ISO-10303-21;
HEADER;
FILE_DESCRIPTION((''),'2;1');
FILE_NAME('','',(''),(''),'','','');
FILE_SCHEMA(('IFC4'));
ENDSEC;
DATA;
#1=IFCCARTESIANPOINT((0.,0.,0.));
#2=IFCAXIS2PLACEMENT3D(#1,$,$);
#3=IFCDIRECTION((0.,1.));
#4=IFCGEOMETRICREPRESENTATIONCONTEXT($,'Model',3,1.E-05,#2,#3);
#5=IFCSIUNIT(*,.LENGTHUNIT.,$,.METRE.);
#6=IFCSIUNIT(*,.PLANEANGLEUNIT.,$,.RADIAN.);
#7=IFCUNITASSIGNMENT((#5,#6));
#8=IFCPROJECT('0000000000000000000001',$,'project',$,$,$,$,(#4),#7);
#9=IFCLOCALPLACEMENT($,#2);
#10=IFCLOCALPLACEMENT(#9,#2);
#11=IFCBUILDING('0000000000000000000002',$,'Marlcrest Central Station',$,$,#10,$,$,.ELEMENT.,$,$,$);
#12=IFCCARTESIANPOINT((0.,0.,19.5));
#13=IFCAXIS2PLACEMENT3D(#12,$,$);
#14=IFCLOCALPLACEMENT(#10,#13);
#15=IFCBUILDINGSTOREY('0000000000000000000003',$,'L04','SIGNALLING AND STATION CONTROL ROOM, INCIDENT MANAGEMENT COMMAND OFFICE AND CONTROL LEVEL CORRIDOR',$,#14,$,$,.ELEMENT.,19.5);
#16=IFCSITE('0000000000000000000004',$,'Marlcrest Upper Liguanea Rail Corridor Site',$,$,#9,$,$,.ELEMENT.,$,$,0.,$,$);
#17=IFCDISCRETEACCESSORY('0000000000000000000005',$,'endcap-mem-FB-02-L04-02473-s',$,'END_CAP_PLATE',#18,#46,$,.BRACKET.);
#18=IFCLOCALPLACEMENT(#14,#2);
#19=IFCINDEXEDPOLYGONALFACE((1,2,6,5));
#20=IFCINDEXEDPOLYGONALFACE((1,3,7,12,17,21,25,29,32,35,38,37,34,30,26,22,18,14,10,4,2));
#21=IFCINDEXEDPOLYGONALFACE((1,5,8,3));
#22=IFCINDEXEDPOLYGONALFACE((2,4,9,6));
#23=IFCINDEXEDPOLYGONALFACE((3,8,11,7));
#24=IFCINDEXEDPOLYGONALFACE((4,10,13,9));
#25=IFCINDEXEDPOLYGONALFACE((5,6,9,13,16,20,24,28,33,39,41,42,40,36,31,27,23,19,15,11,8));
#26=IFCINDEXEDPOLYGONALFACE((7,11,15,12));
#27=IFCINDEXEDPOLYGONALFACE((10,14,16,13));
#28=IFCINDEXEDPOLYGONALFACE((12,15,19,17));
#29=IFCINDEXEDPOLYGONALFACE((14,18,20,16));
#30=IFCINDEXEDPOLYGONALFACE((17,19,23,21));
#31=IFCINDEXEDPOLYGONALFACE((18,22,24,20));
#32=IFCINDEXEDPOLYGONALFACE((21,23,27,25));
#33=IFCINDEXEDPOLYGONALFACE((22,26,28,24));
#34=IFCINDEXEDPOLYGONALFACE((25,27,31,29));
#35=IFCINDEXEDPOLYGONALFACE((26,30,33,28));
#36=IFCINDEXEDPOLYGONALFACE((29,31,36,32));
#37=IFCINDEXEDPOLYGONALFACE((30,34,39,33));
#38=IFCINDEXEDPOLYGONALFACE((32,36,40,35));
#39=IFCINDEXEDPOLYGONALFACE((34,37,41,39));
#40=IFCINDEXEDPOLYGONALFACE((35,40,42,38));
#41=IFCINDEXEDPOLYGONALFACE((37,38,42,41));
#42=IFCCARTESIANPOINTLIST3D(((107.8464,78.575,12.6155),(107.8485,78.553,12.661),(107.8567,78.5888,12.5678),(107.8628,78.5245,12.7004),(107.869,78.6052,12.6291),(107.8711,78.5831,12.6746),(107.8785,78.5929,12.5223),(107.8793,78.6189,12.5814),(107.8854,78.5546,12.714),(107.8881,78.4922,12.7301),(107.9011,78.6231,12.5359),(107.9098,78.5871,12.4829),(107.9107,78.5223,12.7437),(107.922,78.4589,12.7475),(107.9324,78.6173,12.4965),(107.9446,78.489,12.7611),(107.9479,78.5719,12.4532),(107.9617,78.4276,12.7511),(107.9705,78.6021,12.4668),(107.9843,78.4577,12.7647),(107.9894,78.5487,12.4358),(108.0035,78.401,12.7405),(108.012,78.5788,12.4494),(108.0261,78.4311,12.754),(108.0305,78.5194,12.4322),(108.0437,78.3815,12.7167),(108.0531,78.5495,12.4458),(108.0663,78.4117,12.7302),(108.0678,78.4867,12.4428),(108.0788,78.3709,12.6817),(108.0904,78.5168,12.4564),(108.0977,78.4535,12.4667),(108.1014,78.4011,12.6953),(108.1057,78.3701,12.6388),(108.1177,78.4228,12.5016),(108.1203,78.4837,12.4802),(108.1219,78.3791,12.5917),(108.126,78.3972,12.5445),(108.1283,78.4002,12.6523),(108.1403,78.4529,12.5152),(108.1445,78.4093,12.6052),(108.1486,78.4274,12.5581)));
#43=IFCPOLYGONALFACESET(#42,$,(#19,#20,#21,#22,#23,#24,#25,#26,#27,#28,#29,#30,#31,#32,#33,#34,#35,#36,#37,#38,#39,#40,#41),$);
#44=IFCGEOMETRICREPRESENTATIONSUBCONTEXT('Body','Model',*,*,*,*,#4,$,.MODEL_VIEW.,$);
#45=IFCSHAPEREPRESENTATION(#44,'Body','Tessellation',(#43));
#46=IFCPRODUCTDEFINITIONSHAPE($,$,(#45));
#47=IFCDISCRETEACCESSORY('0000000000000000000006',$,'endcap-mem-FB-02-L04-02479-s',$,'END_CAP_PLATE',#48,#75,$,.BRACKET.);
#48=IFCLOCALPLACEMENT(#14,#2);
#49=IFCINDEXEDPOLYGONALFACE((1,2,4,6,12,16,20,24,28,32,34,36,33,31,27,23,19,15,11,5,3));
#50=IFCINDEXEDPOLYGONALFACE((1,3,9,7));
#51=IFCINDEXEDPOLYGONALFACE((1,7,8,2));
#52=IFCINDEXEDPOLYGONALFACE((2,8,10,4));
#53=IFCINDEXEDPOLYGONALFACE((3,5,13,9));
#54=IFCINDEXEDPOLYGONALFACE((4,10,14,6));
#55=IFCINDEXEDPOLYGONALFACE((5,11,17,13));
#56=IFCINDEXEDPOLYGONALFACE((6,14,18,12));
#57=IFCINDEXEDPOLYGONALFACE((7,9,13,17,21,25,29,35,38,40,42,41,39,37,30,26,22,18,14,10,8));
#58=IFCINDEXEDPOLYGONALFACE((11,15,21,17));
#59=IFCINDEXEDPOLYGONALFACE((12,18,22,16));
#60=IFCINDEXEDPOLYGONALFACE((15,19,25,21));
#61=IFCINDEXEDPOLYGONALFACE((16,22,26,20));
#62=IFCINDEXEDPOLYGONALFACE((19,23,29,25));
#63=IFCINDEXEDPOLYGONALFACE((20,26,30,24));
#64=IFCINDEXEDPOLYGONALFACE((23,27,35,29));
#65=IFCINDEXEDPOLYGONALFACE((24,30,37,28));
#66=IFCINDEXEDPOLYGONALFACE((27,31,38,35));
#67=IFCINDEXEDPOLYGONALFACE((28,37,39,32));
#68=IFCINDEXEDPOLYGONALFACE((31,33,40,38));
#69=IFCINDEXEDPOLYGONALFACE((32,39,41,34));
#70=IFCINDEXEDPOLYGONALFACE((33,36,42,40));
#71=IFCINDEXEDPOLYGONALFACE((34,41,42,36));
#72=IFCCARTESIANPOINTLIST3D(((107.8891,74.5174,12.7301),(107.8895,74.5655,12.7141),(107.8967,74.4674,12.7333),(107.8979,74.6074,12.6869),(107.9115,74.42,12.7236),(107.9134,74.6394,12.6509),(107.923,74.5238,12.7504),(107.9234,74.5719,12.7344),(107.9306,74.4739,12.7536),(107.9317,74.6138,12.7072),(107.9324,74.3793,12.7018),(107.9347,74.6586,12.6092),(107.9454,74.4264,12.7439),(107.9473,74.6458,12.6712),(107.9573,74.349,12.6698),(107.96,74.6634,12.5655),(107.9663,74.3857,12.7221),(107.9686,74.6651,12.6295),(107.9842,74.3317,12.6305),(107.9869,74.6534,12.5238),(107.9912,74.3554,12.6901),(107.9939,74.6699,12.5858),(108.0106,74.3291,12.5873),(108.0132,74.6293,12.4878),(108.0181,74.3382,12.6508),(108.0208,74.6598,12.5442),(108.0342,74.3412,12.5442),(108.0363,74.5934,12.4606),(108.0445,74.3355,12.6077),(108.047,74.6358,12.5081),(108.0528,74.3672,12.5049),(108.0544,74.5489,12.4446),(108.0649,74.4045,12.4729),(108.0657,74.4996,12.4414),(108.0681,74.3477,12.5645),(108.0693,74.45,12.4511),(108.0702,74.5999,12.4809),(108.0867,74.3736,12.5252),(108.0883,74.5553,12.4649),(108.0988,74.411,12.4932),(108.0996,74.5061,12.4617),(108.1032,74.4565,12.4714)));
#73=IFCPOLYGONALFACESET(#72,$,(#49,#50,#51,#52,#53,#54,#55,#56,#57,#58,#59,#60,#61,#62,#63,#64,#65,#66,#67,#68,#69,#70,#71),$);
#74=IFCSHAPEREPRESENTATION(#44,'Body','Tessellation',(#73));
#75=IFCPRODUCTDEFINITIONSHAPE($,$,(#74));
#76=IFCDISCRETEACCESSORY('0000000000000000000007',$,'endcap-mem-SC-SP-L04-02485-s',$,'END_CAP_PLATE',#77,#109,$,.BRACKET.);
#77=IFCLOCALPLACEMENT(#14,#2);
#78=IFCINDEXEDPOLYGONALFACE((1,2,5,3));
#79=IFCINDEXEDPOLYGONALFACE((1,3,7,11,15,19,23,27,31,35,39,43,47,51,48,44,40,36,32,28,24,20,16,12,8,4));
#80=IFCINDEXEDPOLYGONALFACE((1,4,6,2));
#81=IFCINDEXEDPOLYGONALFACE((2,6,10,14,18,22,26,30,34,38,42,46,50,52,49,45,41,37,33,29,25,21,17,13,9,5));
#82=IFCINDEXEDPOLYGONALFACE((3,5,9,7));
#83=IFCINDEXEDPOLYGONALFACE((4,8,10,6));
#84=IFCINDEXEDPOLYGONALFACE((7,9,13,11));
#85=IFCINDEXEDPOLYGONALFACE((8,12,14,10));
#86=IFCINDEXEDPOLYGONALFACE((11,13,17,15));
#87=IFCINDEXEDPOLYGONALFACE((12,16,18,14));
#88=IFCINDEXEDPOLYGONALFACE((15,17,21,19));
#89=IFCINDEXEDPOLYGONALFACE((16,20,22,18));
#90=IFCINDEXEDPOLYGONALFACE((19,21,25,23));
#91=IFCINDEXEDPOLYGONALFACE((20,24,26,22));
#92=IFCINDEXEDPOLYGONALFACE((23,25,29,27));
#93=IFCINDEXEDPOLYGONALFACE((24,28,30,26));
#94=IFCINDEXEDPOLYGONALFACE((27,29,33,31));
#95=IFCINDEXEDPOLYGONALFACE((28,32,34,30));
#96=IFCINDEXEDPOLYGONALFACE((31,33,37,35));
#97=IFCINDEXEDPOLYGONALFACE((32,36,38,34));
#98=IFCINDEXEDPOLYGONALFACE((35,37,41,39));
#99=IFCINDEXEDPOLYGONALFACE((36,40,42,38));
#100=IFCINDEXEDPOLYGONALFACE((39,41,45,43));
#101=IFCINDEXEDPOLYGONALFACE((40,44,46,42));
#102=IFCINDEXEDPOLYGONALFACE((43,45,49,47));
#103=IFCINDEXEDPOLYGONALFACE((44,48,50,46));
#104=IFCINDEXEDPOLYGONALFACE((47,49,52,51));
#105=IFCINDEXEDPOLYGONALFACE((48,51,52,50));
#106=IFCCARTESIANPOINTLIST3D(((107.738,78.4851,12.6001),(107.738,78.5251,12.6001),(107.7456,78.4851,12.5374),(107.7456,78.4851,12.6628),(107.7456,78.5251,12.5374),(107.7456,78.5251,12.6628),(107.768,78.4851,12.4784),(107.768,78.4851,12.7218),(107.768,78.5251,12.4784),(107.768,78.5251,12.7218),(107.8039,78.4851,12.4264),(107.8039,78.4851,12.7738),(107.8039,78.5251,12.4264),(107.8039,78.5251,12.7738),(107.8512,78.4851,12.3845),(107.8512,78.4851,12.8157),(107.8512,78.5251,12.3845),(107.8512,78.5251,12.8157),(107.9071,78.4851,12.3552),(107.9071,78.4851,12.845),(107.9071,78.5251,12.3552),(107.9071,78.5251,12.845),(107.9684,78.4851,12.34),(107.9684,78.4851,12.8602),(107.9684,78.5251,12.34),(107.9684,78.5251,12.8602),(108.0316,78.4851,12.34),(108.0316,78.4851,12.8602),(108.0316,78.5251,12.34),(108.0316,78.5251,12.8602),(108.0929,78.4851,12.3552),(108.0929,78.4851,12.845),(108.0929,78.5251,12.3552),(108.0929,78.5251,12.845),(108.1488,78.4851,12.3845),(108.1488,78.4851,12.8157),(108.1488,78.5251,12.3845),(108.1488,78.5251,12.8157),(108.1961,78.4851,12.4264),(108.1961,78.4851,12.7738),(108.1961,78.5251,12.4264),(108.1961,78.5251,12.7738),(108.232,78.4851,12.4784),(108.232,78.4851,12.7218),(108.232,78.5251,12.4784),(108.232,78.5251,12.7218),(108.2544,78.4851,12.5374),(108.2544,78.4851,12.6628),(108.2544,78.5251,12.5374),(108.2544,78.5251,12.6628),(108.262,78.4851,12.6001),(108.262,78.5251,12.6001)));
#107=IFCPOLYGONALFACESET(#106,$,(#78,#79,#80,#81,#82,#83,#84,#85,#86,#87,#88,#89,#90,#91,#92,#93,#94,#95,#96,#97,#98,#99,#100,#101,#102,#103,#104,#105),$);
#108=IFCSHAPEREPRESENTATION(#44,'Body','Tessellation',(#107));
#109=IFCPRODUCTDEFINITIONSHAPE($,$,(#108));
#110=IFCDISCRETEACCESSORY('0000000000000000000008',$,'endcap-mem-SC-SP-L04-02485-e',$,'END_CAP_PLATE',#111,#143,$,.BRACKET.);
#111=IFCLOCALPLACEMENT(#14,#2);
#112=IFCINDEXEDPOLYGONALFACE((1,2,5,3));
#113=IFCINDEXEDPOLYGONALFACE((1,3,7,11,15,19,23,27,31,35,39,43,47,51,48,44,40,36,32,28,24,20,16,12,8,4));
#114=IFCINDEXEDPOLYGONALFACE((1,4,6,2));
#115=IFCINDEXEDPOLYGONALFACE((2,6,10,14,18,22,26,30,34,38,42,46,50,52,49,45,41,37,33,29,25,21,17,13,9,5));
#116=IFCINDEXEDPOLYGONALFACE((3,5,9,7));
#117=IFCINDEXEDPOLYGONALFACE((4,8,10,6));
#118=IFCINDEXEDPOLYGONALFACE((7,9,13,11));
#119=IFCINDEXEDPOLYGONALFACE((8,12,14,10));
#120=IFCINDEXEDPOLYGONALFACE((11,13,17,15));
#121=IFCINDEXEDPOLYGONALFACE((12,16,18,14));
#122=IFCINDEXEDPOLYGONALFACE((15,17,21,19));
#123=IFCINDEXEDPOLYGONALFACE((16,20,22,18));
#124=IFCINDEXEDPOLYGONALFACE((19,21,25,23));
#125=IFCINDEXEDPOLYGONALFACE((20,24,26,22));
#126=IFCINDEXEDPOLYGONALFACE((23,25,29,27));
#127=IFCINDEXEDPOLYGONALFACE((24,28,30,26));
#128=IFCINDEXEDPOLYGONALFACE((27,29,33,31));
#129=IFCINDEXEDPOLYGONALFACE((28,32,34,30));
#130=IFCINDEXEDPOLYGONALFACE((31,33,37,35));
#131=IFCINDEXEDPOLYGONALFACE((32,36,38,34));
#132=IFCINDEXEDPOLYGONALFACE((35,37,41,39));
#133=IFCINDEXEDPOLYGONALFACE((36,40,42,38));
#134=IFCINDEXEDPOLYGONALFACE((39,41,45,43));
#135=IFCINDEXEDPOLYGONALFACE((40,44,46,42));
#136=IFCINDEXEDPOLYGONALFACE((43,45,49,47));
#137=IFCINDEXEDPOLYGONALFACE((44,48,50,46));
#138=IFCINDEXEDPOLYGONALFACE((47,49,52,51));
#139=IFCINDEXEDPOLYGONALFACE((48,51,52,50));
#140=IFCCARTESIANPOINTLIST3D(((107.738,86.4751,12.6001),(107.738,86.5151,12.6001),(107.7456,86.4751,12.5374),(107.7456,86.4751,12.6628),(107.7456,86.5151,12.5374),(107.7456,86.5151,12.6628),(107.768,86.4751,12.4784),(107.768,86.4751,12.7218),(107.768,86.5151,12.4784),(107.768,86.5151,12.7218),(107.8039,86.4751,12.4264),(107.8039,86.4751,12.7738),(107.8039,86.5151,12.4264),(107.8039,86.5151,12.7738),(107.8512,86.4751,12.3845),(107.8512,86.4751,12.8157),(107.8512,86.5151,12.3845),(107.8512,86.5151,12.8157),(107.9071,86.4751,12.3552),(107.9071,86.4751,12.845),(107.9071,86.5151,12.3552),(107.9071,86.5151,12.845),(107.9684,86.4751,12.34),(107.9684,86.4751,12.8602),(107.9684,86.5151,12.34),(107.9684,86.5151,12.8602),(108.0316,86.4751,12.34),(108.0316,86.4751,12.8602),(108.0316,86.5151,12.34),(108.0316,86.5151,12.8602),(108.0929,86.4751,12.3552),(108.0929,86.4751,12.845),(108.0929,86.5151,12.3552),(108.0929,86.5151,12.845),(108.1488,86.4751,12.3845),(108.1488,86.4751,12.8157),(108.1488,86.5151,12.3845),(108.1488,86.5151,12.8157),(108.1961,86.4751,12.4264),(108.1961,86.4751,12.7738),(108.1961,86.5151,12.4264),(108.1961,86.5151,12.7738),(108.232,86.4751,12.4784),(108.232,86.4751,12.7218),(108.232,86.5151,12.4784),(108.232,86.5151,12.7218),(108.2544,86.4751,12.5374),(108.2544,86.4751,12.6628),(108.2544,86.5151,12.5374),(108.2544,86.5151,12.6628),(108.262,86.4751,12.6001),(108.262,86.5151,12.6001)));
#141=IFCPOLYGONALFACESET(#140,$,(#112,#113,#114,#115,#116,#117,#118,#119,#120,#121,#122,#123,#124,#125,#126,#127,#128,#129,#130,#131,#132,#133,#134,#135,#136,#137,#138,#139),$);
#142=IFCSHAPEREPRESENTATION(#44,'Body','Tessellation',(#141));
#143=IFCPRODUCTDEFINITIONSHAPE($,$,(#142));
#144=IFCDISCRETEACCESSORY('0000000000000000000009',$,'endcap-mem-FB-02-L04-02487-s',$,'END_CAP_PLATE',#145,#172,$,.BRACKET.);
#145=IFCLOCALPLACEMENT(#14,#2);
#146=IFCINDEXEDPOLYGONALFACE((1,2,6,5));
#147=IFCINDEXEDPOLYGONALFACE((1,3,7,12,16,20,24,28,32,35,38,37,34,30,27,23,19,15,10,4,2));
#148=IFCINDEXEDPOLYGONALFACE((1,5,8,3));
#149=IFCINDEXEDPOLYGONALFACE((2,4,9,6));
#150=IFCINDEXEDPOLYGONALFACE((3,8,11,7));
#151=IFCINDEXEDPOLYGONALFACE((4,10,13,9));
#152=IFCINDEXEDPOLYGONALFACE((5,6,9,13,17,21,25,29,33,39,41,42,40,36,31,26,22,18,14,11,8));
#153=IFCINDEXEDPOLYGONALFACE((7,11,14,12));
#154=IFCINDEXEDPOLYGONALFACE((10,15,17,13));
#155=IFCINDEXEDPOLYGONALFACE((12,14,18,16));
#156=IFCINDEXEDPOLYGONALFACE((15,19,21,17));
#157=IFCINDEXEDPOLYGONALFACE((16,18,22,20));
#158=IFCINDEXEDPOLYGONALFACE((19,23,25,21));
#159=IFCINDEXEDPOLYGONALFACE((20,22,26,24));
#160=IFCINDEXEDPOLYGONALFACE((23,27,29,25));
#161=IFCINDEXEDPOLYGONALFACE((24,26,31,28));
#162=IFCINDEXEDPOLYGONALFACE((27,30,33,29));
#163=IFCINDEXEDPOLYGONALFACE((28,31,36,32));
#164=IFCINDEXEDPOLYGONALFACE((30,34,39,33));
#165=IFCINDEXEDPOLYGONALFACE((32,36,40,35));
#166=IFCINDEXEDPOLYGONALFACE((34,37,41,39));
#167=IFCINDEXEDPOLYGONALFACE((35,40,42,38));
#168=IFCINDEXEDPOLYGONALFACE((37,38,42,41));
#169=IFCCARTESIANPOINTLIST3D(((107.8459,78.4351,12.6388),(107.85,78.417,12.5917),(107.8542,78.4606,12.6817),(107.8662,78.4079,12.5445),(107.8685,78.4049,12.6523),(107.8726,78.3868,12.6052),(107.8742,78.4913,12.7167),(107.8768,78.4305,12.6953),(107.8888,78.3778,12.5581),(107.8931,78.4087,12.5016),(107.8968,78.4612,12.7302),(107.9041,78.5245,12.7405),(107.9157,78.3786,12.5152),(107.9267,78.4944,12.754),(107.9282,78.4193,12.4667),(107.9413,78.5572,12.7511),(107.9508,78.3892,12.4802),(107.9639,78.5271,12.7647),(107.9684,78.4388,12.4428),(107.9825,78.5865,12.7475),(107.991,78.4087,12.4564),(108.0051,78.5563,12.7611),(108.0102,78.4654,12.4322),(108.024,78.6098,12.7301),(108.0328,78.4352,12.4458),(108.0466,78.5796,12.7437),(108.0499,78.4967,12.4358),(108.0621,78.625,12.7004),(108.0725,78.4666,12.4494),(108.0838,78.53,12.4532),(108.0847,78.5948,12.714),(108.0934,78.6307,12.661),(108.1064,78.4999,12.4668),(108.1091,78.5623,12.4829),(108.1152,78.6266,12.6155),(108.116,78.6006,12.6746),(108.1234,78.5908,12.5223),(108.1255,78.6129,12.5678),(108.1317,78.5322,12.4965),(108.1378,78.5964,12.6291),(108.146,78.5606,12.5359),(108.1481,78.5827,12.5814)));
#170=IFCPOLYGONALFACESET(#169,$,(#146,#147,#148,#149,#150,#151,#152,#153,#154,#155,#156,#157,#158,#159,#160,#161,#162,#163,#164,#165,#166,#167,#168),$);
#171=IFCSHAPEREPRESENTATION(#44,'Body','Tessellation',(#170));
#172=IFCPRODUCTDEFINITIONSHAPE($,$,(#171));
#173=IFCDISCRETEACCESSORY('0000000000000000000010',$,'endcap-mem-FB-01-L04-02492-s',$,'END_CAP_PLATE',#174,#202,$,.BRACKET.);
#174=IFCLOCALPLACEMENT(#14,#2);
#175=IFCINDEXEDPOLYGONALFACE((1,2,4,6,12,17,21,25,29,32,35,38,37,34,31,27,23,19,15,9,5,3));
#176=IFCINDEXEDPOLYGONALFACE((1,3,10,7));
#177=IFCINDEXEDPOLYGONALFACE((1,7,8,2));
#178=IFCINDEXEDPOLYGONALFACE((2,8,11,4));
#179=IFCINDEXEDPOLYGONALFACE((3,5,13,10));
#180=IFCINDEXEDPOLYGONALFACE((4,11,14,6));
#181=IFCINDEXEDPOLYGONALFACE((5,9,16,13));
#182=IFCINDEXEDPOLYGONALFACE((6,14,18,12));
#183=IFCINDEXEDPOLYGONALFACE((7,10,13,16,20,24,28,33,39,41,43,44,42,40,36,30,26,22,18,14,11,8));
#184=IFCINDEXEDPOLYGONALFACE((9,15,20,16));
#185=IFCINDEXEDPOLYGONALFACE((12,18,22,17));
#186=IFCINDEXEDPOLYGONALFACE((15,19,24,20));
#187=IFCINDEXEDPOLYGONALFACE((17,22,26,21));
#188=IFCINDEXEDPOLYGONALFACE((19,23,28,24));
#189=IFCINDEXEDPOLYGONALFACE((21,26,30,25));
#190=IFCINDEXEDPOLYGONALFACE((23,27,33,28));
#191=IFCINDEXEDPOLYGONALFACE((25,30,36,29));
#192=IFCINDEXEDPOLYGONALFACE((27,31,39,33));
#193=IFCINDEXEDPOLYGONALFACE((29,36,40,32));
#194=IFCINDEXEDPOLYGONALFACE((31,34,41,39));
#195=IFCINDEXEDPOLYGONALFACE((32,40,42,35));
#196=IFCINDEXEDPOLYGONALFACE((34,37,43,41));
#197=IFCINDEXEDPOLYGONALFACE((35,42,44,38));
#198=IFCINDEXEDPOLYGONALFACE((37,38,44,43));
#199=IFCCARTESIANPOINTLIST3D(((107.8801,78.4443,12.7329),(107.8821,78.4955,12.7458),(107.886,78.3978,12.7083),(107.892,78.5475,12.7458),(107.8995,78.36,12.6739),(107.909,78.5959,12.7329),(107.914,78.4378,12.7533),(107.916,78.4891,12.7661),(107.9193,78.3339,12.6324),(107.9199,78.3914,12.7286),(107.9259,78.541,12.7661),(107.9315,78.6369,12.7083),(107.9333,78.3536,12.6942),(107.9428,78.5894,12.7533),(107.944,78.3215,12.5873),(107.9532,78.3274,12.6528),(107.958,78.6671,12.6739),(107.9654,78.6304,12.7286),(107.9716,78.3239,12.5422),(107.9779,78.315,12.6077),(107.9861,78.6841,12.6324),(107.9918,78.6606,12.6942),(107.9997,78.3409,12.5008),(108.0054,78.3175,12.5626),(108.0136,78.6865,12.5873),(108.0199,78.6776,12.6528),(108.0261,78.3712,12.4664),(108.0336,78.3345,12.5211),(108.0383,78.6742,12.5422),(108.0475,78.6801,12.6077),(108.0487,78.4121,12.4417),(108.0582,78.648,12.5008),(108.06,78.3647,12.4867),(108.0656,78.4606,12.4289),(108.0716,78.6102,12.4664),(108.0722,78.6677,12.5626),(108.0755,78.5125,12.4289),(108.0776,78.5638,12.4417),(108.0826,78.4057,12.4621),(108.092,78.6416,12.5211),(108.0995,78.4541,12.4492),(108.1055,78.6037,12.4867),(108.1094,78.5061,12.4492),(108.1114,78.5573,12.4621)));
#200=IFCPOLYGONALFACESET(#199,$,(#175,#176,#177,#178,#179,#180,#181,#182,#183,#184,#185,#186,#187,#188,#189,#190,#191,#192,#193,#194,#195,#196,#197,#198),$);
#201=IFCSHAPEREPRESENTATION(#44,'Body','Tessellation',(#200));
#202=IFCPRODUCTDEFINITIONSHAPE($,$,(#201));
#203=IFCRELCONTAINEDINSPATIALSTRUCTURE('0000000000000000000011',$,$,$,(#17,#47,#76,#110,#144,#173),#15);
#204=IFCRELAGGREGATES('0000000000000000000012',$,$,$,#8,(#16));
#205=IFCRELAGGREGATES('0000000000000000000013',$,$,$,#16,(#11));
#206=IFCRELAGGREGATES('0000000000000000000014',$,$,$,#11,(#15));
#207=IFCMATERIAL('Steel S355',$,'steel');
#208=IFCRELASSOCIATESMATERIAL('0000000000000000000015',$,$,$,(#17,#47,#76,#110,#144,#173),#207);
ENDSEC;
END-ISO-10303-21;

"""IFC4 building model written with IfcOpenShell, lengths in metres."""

from ifc_helpers import new_model, si_unit, direction, frame, origin, origin_2d, place, context, subcontext, project, spatial, circle, extrude, material, element, save


model = new_model("IFC4")

# Units and contexts
model_context = context("Model", 3, precision=1e-05, world=origin(), true_north=direction((0.0, 1.0)))
body_context = subcontext(model_context, "Body", "Model", "MODEL_VIEW")
ifc_project = project(units=[si_unit("LENGTHUNIT", "METRE"), si_unit("PLANEANGLEUNIT", "RADIAN")], contexts=[model_context])

# Site, building, storey
site_placement = place(None, origin())
site = spatial("IfcSite", under=ifc_project, at=site_placement, Name="Marlcrest Upper Liguanea Rail Corridor Site", CompositionType="ELEMENT", RefElevation=0.0)
building_placement = place(site_placement, origin())
building = spatial("IfcBuilding", under=site, at=building_placement, Name="Marlcrest Central Station", CompositionType="ELEMENT")
storey_placement = place(building_placement, frame((0.0, 0.0, 19.5)))
storey = spatial("IfcBuildingStorey", under=building, at=storey_placement, Name="L04", Description="SIGNALLING AND STATION CONTROL ROOM, INCIDENT MANAGEMENT COMMAND OFFICE AND CONTROL LEVEL CORRIDOR", CompositionType="ELEMENT", Elevation=19.5)

# Discrete accessories
ifc_material_1 = material(Name="Steel S355", Category="steel")
for number, where, z_axis, x_axis, name in (
    (1, (108.0085, 78.5112, 12.6052), (-0.564531, -0.752708, -0.338728), (0.8, -0.6, 0.0), "endcap-mem-FB-02-L04-02473-s"),
    (2, (108.0127, 74.5024, 12.6077), (-0.846277, -0.161196, -0.50777), (0.187112, -0.982339, 0.0), "endcap-mem-FB-02-L04-02479-s"),
):
    element("IfcDiscreteAccessory", number, at=place(storey_placement, frame(where, z_axis=z_axis, x_axis=x_axis)), inside=storey, material=ifc_material_1, Name=name, ObjectType="END_CAP_PLATE", PredefinedType="BRACKET", context=body_context, shape_type="SweptSolid", body=[
        extrude(circle(Radius=0.1699, at=origin_2d()), origin(), (0.0, 0.0, 1.0), 0.04),
    ])
for number, where, z_axis, x_axis, name in (
    (3, (108.0, 78.4851, 12.6001), (0.0, 1.0, 0.0), (-1.0, 0.0, 0.0), "endcap-mem-SC-SP-L04-02485-s"),
    (4, (108.0, 86.4751, 12.6001), (0.0, 1.0, 0.0), (-1.0, 0.0, 0.0), "endcap-mem-SC-SP-L04-02485-e"),
):
    element("IfcDiscreteAccessory", number, at=place(storey_placement, frame(where, z_axis=z_axis, x_axis=x_axis)), inside=storey, material=ifc_material_1, Name=name, ObjectType="END_CAP_PLATE", PredefinedType="BRACKET", context=body_context, shape_type="SweptSolid", body=[
        extrude(circle(Radius=0.262, at=origin_2d()), origin(), (0.0, 0.0, 1.0), 0.04),
    ])
discrete_accessory_1_placement = place(storey_placement, frame((108.0085, 78.4888, 12.6052), z_axis=(-0.564531, 0.752708, -0.338728), x_axis=(-0.8, -0.6, 0.0)))
element("IfcDiscreteAccessory", 5, at=discrete_accessory_1_placement, inside=storey, material=ifc_material_1, Name="endcap-mem-FB-02-L04-02487-s", ObjectType="END_CAP_PLATE", PredefinedType="BRACKET", context=body_context, shape_type="SweptSolid", body=[
    extrude(circle(Radius=0.1699, at=origin_2d()), origin(), (0.0, 0.0, 1.0), 0.04),
])
discrete_accessory_2_placement = place(storey_placement, frame((108.0127, 78.4976, 12.6077), z_axis=(-0.846277, 0.161196, -0.50777), x_axis=(-0.187112, -0.982339, 0.0)))
element("IfcDiscreteAccessory", 6, at=discrete_accessory_2_placement, inside=storey, material=ifc_material_1, Name="endcap-mem-FB-01-L04-02492-s", ObjectType="END_CAP_PLATE", PredefinedType="BRACKET", context=body_context, shape_type="SweptSolid", body=[
    extrude(circle(Radius=0.1858, at=origin_2d()), origin(), (0.0, 0.0, 1.0), 0.04),
])

save(model, "model.ifc")
